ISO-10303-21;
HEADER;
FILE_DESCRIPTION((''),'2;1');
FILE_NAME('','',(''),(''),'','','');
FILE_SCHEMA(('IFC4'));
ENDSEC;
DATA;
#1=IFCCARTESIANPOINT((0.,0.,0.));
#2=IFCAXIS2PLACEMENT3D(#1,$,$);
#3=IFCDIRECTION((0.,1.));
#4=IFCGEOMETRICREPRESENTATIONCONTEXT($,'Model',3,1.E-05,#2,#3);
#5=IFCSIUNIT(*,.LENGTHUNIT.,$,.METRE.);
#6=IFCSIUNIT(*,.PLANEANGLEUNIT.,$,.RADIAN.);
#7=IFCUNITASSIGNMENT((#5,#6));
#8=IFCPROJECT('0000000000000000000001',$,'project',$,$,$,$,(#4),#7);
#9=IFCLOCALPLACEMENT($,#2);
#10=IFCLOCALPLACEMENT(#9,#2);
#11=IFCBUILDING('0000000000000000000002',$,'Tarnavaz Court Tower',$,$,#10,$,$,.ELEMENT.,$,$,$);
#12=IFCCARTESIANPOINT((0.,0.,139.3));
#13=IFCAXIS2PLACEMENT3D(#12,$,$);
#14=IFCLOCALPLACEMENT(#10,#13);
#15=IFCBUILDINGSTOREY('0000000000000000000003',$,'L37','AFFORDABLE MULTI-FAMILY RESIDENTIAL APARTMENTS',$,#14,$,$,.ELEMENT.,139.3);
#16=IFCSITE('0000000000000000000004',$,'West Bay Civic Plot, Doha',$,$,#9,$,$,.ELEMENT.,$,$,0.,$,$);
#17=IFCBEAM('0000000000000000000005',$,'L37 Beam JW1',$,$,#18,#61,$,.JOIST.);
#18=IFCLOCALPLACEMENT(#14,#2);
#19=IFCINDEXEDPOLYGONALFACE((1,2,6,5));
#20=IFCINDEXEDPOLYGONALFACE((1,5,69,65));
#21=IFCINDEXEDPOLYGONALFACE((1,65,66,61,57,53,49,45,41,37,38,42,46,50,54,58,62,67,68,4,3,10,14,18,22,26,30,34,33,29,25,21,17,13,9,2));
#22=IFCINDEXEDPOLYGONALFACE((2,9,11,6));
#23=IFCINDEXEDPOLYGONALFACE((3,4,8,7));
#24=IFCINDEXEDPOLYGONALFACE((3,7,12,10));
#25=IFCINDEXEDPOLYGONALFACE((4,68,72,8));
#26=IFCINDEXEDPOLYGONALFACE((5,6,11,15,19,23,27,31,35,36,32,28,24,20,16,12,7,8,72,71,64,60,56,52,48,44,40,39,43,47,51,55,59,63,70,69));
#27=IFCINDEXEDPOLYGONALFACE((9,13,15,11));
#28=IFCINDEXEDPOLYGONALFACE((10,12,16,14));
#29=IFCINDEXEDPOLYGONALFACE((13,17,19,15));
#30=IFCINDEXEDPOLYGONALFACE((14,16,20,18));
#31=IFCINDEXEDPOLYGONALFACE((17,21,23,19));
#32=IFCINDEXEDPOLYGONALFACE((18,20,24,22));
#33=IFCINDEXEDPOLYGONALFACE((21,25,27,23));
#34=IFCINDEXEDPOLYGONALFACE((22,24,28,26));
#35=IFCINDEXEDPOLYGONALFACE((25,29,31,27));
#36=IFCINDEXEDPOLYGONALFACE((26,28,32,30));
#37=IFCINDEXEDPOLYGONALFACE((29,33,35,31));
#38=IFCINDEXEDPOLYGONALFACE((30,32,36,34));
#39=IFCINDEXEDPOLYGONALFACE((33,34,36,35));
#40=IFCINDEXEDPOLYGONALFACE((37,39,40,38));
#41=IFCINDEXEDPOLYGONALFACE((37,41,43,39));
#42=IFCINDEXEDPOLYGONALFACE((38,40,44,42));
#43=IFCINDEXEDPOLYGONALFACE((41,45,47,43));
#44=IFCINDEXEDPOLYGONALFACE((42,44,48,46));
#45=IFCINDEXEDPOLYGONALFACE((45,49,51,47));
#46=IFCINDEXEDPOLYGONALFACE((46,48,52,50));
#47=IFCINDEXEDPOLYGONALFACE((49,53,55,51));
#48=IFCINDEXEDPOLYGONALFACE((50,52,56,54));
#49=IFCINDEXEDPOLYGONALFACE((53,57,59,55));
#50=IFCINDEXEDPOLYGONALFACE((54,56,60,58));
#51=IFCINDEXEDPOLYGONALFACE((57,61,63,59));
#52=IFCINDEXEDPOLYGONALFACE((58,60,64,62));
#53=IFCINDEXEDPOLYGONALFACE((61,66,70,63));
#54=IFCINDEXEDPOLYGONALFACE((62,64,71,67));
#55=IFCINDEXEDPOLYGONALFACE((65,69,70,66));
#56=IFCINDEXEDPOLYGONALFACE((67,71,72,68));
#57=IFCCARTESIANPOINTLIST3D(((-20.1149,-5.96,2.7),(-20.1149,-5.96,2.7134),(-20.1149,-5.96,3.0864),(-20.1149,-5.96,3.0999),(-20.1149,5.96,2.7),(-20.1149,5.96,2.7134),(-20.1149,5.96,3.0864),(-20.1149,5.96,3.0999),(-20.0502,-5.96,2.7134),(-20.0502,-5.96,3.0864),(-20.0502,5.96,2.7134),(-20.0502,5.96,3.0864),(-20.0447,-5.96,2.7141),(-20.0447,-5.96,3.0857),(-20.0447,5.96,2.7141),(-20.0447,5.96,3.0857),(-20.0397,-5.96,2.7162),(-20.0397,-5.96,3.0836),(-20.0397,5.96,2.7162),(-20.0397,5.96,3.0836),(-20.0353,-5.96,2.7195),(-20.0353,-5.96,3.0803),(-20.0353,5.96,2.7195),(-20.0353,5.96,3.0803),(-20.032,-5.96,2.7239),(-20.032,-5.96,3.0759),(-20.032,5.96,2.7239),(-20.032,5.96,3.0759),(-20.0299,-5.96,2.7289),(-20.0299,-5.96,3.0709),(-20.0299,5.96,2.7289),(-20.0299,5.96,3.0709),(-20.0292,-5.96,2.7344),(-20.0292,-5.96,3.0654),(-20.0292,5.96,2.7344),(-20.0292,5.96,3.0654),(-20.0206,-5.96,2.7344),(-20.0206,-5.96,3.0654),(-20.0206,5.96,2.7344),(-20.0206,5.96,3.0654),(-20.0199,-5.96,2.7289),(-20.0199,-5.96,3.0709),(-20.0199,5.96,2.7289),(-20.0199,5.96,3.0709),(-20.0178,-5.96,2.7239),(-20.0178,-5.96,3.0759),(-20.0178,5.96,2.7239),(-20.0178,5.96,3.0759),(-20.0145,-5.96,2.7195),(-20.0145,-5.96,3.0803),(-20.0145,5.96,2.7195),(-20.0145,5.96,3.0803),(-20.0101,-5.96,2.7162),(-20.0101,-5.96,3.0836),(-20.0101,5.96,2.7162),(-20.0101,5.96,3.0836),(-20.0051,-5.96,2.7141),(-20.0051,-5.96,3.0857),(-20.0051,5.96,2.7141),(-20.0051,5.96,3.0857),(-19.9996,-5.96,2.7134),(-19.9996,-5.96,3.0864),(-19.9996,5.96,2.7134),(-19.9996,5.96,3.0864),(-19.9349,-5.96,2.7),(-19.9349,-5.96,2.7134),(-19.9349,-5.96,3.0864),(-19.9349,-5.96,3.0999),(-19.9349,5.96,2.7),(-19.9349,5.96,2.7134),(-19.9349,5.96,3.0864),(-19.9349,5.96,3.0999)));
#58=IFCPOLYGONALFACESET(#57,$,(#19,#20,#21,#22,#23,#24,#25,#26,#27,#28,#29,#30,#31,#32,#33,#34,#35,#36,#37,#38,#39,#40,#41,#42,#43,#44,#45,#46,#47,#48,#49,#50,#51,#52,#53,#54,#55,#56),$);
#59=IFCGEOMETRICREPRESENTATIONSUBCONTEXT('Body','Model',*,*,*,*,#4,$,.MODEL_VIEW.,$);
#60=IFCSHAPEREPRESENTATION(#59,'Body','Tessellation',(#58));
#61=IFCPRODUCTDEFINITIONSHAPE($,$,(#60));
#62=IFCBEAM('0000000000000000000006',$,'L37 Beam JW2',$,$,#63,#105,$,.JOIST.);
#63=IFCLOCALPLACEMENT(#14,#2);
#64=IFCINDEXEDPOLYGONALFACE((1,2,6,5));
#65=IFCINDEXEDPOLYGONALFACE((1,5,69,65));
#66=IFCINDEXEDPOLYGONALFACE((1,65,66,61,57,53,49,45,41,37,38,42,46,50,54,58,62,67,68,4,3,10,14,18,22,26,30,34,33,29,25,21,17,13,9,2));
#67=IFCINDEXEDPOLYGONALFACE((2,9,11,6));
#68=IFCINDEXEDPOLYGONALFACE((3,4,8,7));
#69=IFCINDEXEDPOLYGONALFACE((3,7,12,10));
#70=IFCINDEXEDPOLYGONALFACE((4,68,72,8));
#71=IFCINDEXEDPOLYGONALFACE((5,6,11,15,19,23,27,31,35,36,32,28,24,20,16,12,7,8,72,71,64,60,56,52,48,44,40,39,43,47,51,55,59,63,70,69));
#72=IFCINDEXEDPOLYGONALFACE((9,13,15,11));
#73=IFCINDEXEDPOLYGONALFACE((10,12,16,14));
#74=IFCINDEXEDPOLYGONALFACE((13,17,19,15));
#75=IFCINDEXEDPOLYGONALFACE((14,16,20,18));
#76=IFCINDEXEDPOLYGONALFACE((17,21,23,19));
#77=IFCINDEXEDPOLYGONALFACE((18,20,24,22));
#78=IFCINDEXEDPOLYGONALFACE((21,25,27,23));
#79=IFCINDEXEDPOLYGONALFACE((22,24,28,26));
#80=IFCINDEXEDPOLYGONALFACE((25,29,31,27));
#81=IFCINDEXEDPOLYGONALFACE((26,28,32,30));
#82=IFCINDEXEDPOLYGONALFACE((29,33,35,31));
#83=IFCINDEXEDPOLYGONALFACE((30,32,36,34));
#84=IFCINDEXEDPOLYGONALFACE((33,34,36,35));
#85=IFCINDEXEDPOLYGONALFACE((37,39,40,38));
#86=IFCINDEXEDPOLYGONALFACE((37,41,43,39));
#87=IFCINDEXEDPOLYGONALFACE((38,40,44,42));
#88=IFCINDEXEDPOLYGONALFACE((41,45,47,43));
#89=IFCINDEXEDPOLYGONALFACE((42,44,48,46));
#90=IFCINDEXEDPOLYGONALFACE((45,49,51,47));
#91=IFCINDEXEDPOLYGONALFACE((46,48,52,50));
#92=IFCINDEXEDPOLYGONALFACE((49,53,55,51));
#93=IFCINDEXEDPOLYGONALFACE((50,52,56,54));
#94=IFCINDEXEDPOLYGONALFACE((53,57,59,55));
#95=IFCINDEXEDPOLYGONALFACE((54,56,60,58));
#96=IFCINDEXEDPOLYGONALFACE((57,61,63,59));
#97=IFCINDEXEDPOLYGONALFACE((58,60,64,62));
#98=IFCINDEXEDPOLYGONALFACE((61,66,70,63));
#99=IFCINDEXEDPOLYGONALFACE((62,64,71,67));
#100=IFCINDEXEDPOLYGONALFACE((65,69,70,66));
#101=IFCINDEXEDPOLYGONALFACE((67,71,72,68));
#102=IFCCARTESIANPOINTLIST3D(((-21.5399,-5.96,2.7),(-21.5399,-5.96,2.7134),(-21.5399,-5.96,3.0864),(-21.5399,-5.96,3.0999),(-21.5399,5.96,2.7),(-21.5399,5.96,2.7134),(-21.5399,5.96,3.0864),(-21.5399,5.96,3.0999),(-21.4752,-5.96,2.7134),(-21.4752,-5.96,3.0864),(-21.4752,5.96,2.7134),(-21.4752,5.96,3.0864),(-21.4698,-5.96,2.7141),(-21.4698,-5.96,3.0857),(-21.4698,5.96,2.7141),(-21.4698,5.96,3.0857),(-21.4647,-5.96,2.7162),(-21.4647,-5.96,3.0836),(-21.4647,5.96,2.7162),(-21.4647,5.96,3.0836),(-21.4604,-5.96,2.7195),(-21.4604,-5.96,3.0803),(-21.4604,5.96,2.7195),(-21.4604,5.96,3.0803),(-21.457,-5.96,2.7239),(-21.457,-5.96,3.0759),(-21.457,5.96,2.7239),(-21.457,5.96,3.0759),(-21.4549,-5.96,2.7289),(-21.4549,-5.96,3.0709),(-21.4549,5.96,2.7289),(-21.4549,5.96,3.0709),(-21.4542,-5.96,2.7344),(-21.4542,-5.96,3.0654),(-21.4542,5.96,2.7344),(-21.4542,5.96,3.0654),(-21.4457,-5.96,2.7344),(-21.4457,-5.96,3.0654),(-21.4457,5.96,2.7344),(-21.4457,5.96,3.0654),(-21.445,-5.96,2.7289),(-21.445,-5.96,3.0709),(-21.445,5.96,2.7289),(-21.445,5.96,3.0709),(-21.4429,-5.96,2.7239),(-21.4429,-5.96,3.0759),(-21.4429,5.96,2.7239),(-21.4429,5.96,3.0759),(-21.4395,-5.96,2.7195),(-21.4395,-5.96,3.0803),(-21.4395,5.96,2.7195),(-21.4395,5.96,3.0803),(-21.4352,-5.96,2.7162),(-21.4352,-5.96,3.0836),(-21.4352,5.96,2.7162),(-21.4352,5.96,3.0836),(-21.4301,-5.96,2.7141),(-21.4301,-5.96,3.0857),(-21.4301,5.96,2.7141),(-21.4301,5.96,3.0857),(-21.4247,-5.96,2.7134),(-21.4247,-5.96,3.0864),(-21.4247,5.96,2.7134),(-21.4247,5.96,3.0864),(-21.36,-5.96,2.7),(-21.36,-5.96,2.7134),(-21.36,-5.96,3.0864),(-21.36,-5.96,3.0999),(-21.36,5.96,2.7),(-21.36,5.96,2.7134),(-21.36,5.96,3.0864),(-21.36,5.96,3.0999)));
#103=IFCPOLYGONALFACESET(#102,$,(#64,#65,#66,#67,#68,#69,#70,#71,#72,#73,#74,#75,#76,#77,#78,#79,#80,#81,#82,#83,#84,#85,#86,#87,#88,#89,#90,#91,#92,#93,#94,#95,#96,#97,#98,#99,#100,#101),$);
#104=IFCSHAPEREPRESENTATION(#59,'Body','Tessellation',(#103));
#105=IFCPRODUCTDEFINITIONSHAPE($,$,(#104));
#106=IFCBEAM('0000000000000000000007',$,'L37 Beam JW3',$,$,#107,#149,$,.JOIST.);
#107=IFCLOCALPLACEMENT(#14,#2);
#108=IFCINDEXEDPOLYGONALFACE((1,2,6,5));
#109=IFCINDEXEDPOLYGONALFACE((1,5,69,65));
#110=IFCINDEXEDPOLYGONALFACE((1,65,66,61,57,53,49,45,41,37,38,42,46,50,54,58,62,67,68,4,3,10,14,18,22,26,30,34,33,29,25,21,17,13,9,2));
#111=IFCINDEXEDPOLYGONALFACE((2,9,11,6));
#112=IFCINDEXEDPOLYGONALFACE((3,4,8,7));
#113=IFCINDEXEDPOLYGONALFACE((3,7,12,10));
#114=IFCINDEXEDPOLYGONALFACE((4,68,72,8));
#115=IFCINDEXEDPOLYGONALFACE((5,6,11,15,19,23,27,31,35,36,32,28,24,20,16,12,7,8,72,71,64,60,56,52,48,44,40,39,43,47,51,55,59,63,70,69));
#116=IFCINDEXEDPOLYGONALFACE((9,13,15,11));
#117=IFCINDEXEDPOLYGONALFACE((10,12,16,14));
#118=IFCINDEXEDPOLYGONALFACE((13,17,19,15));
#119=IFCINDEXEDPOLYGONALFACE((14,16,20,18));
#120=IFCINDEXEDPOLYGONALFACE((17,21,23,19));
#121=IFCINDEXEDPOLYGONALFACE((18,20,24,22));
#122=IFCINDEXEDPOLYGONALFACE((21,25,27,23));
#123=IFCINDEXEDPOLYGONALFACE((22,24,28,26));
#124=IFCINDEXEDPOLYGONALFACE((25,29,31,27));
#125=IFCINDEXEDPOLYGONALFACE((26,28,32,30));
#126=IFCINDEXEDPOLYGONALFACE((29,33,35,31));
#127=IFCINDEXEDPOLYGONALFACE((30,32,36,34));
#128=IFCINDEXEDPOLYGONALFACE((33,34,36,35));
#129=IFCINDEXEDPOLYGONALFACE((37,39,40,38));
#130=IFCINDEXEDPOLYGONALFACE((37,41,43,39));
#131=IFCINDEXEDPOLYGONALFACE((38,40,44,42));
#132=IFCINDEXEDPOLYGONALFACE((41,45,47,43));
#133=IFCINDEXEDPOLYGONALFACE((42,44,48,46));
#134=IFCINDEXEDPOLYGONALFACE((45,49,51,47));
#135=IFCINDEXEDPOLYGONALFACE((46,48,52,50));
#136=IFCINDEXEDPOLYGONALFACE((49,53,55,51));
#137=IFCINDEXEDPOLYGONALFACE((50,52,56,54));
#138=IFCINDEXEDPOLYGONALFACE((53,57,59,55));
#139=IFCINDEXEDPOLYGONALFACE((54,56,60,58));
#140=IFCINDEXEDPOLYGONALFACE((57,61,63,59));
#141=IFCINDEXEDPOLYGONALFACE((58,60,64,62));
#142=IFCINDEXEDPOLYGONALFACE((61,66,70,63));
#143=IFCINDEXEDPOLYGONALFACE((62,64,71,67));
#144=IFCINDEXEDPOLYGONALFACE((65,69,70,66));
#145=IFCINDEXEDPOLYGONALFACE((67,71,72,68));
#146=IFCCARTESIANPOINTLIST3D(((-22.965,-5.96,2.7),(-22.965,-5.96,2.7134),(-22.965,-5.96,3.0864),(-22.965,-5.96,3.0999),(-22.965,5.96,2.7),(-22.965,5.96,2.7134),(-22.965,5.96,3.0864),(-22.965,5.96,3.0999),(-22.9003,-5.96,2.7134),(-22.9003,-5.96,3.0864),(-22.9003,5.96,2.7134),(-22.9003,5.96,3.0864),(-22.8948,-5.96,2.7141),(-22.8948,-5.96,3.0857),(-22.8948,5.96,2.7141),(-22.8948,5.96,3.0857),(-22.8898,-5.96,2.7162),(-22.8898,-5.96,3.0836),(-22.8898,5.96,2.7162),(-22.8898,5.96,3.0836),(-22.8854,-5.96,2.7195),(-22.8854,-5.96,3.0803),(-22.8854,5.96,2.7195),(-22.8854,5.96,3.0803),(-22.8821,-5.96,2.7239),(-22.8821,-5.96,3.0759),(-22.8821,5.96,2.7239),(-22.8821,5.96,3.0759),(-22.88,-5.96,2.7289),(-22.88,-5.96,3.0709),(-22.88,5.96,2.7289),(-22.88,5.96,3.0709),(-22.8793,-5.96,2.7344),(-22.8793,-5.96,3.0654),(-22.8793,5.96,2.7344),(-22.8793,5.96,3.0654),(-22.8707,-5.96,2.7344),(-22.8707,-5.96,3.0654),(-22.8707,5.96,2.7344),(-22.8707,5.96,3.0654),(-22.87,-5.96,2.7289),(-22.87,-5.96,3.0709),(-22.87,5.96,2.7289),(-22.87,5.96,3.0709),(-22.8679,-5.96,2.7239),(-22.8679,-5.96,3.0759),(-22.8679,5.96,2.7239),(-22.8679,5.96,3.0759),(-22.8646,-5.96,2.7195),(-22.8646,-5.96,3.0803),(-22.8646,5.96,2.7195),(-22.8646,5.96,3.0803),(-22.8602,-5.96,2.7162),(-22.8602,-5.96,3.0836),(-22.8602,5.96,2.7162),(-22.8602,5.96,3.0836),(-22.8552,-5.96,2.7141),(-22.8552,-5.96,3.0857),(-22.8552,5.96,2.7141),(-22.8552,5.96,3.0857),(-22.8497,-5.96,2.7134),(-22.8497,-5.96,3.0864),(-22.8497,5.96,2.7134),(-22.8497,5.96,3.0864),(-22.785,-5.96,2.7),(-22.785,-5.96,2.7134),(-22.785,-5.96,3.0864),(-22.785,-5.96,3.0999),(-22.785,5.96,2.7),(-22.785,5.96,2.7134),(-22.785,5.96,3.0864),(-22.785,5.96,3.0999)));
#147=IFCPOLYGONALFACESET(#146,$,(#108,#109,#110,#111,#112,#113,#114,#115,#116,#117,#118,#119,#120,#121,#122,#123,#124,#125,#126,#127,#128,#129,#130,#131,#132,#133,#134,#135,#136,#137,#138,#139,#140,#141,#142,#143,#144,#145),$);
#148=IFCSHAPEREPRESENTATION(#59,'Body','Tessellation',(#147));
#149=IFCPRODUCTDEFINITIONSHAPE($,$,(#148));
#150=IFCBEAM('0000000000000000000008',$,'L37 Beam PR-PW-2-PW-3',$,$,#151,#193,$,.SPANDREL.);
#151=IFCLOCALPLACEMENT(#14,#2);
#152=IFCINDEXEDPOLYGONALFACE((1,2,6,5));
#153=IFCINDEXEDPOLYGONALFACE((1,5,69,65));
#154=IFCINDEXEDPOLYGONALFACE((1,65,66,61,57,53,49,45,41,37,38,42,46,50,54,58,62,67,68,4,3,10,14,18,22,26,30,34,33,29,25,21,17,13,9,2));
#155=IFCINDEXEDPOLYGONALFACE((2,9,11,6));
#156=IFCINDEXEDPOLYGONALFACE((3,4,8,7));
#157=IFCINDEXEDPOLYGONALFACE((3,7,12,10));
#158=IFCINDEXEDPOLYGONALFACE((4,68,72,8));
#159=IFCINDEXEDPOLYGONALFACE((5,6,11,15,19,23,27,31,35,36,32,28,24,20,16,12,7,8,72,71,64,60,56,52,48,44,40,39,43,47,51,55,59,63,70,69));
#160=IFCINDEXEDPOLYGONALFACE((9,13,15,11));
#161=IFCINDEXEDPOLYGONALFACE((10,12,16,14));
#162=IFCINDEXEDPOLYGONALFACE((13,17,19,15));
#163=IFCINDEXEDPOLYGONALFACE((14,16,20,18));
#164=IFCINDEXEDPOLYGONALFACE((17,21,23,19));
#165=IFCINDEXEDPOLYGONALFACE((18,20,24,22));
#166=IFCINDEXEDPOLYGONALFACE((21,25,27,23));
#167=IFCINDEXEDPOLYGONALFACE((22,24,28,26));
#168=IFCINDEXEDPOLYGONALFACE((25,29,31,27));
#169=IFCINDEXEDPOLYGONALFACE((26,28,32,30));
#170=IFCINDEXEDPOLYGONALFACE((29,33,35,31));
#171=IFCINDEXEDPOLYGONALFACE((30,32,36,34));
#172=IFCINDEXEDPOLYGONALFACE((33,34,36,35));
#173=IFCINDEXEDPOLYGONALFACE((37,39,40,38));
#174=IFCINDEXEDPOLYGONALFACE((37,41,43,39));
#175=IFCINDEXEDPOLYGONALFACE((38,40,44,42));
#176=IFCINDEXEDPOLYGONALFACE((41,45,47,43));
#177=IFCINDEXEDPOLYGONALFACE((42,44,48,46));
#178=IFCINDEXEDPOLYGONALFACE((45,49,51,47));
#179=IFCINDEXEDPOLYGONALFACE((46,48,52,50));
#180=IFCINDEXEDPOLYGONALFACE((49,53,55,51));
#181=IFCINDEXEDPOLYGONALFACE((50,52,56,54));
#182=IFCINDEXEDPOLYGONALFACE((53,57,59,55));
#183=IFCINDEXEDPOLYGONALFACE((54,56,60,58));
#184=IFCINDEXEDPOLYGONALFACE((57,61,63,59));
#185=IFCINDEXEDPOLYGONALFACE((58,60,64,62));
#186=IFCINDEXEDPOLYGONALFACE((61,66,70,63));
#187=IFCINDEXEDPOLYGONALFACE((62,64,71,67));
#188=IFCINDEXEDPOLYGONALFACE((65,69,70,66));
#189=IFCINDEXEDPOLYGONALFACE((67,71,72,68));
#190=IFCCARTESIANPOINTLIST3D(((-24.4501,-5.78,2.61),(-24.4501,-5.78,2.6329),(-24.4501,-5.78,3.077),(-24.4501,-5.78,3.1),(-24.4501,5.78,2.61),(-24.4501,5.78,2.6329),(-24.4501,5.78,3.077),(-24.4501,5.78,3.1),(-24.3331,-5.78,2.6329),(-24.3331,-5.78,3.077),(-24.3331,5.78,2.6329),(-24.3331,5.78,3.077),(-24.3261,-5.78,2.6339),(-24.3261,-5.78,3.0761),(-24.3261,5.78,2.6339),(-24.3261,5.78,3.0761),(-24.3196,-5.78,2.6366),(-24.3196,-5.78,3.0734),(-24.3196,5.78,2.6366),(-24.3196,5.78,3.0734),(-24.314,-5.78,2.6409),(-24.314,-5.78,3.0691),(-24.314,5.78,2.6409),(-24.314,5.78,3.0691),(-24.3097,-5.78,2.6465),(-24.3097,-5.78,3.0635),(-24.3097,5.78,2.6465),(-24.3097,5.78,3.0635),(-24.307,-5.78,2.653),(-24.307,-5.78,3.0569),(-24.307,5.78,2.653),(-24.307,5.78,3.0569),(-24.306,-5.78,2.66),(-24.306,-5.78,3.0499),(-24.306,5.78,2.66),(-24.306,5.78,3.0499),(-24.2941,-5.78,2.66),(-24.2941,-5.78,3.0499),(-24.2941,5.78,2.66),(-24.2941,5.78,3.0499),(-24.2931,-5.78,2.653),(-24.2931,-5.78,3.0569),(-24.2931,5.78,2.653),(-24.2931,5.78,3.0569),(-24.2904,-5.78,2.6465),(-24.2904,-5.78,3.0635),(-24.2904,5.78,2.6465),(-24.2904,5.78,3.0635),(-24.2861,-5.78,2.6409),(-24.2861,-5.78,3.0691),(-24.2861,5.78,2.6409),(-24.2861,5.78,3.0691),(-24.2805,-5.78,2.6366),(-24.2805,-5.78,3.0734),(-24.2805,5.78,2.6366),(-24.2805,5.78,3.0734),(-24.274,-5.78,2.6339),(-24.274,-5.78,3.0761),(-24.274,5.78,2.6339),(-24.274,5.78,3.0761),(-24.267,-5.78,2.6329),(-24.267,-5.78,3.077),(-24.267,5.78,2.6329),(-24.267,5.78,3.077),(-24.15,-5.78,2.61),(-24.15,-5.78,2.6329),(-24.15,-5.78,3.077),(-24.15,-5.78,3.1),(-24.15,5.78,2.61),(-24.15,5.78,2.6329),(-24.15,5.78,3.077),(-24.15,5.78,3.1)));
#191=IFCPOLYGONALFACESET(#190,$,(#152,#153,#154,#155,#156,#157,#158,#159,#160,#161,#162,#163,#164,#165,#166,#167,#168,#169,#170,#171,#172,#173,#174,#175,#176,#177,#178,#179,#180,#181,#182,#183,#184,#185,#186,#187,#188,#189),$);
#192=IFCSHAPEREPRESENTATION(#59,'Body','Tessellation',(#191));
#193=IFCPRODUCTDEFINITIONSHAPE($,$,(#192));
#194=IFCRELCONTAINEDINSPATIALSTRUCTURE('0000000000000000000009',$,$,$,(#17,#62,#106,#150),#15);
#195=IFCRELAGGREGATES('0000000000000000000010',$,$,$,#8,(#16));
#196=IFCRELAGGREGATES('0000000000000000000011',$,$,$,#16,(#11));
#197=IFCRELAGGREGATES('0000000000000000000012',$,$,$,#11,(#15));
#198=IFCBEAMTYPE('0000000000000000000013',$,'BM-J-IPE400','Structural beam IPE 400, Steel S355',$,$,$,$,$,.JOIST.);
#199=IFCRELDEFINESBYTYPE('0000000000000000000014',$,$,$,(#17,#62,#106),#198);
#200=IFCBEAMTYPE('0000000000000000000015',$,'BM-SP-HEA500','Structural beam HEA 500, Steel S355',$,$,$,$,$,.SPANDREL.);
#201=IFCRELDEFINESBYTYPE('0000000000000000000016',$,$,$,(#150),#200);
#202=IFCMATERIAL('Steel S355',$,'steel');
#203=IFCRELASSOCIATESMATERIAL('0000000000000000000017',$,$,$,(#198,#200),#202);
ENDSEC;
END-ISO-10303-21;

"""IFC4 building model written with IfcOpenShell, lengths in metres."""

from ifc_helpers import new_model, si_unit, direction, frame, origin, origin_2d, place, context, subcontext, project, spatial, i_section, extrude, material, material_profile, profile_set, type_object, element, save


model = new_model("IFC4")

# Units and contexts
model_context = context("Model", 3, precision=1e-05, world=origin(), true_north=direction((0.0, 1.0)))
body_context = subcontext(model_context, "Body", "Model", "MODEL_VIEW")
ifc_project = project(units=[si_unit("LENGTHUNIT", "METRE"), si_unit("PLANEANGLEUNIT", "RADIAN")], contexts=[model_context])

# Site, building, storey
site_placement = place(None, origin())
site = spatial("IfcSite", under=ifc_project, at=site_placement, Name="West Bay Civic Plot, Doha", CompositionType="ELEMENT", RefElevation=0.0)
building_placement = place(site_placement, origin())
building = spatial("IfcBuilding", under=site, at=building_placement, Name="Tarnavaz Court Tower", CompositionType="ELEMENT")
storey_placement = place(building_placement, frame((0.0, 0.0, 139.3)))
storey = spatial("IfcBuildingStorey", under=building, at=storey_placement, Name="L37", Description="AFFORDABLE MULTI-FAMILY RESIDENTIAL APARTMENTS", CompositionType="ELEMENT", Elevation=139.3)

# Beams
ifc_material_1 = material(Name="Steel S355", Category="steel")
ifc_material_profile_1 = material_profile(ifc_material_1, i_section(OverallWidth=0.1799, OverallDepth=0.3999, WebThickness=0.0085, FlangeThickness=0.0134, FilletRadius=0.021, at=origin_2d()), Name="IPE 400")
ifc_profile_set_1 = profile_set([ifc_material_profile_1], Name="Steel S355")
beam_type_1 = type_object("IfcBeamType", Name="BM-J-IPE400", Description="Structural beam IPE 400, Steel S355", PredefinedType="JOIST", material=ifc_profile_set_1)
for number, where, z_axis, x_axis, name in (
    (1, (-20.0249, -5.96, 2.8999), (0.0, 1.0, 0.0), (-1.0, 0.0, 0.0), "L37 Beam JW1"),
    (2, (-21.45, -5.96, 2.8999), (0.0, 1.0, 0.0), (-1.0, 0.0, 0.0), "L37 Beam JW2"),
    (3, (-22.875, -5.96, 2.8999), (0.0, 1.0, 0.0), (-1.0, 0.0, 0.0), "L37 Beam JW3"),
):
    element("IfcBeam", number, at=place(storey_placement, frame(where, z_axis=z_axis, x_axis=x_axis)), inside=storey, type_object=beam_type_1, Name=name, PredefinedType="JOIST", context=body_context, shape_type="SweptSolid", body=[
        extrude(i_section(OverallWidth=0.1799, OverallDepth=0.3999, WebThickness=0.0085, FlangeThickness=0.0134, FilletRadius=0.021, at=origin_2d()), origin(), (0.0, 0.0, 1.0), 11.9199),
    ])
ifc_material_profile_2 = material_profile(ifc_material_1, i_section(OverallWidth=0.3, OverallDepth=0.49, WebThickness=0.012, FlangeThickness=0.0229, FilletRadius=0.0271, at=origin_2d()), Name="HEA 500")
ifc_profile_set_2 = profile_set([ifc_material_profile_2], Name="Steel S355")
beam_type_2 = type_object("IfcBeamType", Name="BM-SP-HEA500", Description="Structural beam HEA 500, Steel S355", PredefinedType="SPANDREL", material=ifc_profile_set_2)
beam_1_placement = place(storey_placement, frame((-24.3, -5.78, 2.855), z_axis=(0.0, 1.0, 0.0), x_axis=(-1.0, 0.0, 0.0)))
element("IfcBeam", 4, at=beam_1_placement, inside=storey, type_object=beam_type_2, Name="L37 Beam PR-PW-2-PW-3", PredefinedType="SPANDREL", context=body_context, shape_type="SweptSolid", body=[
    extrude(i_section(OverallWidth=0.3, OverallDepth=0.49, WebThickness=0.012, FlangeThickness=0.0229, FilletRadius=0.0271, at=origin_2d()), origin(), (0.0, 0.0, 1.0), 11.5601),
])

save(model, "model.ifc")
